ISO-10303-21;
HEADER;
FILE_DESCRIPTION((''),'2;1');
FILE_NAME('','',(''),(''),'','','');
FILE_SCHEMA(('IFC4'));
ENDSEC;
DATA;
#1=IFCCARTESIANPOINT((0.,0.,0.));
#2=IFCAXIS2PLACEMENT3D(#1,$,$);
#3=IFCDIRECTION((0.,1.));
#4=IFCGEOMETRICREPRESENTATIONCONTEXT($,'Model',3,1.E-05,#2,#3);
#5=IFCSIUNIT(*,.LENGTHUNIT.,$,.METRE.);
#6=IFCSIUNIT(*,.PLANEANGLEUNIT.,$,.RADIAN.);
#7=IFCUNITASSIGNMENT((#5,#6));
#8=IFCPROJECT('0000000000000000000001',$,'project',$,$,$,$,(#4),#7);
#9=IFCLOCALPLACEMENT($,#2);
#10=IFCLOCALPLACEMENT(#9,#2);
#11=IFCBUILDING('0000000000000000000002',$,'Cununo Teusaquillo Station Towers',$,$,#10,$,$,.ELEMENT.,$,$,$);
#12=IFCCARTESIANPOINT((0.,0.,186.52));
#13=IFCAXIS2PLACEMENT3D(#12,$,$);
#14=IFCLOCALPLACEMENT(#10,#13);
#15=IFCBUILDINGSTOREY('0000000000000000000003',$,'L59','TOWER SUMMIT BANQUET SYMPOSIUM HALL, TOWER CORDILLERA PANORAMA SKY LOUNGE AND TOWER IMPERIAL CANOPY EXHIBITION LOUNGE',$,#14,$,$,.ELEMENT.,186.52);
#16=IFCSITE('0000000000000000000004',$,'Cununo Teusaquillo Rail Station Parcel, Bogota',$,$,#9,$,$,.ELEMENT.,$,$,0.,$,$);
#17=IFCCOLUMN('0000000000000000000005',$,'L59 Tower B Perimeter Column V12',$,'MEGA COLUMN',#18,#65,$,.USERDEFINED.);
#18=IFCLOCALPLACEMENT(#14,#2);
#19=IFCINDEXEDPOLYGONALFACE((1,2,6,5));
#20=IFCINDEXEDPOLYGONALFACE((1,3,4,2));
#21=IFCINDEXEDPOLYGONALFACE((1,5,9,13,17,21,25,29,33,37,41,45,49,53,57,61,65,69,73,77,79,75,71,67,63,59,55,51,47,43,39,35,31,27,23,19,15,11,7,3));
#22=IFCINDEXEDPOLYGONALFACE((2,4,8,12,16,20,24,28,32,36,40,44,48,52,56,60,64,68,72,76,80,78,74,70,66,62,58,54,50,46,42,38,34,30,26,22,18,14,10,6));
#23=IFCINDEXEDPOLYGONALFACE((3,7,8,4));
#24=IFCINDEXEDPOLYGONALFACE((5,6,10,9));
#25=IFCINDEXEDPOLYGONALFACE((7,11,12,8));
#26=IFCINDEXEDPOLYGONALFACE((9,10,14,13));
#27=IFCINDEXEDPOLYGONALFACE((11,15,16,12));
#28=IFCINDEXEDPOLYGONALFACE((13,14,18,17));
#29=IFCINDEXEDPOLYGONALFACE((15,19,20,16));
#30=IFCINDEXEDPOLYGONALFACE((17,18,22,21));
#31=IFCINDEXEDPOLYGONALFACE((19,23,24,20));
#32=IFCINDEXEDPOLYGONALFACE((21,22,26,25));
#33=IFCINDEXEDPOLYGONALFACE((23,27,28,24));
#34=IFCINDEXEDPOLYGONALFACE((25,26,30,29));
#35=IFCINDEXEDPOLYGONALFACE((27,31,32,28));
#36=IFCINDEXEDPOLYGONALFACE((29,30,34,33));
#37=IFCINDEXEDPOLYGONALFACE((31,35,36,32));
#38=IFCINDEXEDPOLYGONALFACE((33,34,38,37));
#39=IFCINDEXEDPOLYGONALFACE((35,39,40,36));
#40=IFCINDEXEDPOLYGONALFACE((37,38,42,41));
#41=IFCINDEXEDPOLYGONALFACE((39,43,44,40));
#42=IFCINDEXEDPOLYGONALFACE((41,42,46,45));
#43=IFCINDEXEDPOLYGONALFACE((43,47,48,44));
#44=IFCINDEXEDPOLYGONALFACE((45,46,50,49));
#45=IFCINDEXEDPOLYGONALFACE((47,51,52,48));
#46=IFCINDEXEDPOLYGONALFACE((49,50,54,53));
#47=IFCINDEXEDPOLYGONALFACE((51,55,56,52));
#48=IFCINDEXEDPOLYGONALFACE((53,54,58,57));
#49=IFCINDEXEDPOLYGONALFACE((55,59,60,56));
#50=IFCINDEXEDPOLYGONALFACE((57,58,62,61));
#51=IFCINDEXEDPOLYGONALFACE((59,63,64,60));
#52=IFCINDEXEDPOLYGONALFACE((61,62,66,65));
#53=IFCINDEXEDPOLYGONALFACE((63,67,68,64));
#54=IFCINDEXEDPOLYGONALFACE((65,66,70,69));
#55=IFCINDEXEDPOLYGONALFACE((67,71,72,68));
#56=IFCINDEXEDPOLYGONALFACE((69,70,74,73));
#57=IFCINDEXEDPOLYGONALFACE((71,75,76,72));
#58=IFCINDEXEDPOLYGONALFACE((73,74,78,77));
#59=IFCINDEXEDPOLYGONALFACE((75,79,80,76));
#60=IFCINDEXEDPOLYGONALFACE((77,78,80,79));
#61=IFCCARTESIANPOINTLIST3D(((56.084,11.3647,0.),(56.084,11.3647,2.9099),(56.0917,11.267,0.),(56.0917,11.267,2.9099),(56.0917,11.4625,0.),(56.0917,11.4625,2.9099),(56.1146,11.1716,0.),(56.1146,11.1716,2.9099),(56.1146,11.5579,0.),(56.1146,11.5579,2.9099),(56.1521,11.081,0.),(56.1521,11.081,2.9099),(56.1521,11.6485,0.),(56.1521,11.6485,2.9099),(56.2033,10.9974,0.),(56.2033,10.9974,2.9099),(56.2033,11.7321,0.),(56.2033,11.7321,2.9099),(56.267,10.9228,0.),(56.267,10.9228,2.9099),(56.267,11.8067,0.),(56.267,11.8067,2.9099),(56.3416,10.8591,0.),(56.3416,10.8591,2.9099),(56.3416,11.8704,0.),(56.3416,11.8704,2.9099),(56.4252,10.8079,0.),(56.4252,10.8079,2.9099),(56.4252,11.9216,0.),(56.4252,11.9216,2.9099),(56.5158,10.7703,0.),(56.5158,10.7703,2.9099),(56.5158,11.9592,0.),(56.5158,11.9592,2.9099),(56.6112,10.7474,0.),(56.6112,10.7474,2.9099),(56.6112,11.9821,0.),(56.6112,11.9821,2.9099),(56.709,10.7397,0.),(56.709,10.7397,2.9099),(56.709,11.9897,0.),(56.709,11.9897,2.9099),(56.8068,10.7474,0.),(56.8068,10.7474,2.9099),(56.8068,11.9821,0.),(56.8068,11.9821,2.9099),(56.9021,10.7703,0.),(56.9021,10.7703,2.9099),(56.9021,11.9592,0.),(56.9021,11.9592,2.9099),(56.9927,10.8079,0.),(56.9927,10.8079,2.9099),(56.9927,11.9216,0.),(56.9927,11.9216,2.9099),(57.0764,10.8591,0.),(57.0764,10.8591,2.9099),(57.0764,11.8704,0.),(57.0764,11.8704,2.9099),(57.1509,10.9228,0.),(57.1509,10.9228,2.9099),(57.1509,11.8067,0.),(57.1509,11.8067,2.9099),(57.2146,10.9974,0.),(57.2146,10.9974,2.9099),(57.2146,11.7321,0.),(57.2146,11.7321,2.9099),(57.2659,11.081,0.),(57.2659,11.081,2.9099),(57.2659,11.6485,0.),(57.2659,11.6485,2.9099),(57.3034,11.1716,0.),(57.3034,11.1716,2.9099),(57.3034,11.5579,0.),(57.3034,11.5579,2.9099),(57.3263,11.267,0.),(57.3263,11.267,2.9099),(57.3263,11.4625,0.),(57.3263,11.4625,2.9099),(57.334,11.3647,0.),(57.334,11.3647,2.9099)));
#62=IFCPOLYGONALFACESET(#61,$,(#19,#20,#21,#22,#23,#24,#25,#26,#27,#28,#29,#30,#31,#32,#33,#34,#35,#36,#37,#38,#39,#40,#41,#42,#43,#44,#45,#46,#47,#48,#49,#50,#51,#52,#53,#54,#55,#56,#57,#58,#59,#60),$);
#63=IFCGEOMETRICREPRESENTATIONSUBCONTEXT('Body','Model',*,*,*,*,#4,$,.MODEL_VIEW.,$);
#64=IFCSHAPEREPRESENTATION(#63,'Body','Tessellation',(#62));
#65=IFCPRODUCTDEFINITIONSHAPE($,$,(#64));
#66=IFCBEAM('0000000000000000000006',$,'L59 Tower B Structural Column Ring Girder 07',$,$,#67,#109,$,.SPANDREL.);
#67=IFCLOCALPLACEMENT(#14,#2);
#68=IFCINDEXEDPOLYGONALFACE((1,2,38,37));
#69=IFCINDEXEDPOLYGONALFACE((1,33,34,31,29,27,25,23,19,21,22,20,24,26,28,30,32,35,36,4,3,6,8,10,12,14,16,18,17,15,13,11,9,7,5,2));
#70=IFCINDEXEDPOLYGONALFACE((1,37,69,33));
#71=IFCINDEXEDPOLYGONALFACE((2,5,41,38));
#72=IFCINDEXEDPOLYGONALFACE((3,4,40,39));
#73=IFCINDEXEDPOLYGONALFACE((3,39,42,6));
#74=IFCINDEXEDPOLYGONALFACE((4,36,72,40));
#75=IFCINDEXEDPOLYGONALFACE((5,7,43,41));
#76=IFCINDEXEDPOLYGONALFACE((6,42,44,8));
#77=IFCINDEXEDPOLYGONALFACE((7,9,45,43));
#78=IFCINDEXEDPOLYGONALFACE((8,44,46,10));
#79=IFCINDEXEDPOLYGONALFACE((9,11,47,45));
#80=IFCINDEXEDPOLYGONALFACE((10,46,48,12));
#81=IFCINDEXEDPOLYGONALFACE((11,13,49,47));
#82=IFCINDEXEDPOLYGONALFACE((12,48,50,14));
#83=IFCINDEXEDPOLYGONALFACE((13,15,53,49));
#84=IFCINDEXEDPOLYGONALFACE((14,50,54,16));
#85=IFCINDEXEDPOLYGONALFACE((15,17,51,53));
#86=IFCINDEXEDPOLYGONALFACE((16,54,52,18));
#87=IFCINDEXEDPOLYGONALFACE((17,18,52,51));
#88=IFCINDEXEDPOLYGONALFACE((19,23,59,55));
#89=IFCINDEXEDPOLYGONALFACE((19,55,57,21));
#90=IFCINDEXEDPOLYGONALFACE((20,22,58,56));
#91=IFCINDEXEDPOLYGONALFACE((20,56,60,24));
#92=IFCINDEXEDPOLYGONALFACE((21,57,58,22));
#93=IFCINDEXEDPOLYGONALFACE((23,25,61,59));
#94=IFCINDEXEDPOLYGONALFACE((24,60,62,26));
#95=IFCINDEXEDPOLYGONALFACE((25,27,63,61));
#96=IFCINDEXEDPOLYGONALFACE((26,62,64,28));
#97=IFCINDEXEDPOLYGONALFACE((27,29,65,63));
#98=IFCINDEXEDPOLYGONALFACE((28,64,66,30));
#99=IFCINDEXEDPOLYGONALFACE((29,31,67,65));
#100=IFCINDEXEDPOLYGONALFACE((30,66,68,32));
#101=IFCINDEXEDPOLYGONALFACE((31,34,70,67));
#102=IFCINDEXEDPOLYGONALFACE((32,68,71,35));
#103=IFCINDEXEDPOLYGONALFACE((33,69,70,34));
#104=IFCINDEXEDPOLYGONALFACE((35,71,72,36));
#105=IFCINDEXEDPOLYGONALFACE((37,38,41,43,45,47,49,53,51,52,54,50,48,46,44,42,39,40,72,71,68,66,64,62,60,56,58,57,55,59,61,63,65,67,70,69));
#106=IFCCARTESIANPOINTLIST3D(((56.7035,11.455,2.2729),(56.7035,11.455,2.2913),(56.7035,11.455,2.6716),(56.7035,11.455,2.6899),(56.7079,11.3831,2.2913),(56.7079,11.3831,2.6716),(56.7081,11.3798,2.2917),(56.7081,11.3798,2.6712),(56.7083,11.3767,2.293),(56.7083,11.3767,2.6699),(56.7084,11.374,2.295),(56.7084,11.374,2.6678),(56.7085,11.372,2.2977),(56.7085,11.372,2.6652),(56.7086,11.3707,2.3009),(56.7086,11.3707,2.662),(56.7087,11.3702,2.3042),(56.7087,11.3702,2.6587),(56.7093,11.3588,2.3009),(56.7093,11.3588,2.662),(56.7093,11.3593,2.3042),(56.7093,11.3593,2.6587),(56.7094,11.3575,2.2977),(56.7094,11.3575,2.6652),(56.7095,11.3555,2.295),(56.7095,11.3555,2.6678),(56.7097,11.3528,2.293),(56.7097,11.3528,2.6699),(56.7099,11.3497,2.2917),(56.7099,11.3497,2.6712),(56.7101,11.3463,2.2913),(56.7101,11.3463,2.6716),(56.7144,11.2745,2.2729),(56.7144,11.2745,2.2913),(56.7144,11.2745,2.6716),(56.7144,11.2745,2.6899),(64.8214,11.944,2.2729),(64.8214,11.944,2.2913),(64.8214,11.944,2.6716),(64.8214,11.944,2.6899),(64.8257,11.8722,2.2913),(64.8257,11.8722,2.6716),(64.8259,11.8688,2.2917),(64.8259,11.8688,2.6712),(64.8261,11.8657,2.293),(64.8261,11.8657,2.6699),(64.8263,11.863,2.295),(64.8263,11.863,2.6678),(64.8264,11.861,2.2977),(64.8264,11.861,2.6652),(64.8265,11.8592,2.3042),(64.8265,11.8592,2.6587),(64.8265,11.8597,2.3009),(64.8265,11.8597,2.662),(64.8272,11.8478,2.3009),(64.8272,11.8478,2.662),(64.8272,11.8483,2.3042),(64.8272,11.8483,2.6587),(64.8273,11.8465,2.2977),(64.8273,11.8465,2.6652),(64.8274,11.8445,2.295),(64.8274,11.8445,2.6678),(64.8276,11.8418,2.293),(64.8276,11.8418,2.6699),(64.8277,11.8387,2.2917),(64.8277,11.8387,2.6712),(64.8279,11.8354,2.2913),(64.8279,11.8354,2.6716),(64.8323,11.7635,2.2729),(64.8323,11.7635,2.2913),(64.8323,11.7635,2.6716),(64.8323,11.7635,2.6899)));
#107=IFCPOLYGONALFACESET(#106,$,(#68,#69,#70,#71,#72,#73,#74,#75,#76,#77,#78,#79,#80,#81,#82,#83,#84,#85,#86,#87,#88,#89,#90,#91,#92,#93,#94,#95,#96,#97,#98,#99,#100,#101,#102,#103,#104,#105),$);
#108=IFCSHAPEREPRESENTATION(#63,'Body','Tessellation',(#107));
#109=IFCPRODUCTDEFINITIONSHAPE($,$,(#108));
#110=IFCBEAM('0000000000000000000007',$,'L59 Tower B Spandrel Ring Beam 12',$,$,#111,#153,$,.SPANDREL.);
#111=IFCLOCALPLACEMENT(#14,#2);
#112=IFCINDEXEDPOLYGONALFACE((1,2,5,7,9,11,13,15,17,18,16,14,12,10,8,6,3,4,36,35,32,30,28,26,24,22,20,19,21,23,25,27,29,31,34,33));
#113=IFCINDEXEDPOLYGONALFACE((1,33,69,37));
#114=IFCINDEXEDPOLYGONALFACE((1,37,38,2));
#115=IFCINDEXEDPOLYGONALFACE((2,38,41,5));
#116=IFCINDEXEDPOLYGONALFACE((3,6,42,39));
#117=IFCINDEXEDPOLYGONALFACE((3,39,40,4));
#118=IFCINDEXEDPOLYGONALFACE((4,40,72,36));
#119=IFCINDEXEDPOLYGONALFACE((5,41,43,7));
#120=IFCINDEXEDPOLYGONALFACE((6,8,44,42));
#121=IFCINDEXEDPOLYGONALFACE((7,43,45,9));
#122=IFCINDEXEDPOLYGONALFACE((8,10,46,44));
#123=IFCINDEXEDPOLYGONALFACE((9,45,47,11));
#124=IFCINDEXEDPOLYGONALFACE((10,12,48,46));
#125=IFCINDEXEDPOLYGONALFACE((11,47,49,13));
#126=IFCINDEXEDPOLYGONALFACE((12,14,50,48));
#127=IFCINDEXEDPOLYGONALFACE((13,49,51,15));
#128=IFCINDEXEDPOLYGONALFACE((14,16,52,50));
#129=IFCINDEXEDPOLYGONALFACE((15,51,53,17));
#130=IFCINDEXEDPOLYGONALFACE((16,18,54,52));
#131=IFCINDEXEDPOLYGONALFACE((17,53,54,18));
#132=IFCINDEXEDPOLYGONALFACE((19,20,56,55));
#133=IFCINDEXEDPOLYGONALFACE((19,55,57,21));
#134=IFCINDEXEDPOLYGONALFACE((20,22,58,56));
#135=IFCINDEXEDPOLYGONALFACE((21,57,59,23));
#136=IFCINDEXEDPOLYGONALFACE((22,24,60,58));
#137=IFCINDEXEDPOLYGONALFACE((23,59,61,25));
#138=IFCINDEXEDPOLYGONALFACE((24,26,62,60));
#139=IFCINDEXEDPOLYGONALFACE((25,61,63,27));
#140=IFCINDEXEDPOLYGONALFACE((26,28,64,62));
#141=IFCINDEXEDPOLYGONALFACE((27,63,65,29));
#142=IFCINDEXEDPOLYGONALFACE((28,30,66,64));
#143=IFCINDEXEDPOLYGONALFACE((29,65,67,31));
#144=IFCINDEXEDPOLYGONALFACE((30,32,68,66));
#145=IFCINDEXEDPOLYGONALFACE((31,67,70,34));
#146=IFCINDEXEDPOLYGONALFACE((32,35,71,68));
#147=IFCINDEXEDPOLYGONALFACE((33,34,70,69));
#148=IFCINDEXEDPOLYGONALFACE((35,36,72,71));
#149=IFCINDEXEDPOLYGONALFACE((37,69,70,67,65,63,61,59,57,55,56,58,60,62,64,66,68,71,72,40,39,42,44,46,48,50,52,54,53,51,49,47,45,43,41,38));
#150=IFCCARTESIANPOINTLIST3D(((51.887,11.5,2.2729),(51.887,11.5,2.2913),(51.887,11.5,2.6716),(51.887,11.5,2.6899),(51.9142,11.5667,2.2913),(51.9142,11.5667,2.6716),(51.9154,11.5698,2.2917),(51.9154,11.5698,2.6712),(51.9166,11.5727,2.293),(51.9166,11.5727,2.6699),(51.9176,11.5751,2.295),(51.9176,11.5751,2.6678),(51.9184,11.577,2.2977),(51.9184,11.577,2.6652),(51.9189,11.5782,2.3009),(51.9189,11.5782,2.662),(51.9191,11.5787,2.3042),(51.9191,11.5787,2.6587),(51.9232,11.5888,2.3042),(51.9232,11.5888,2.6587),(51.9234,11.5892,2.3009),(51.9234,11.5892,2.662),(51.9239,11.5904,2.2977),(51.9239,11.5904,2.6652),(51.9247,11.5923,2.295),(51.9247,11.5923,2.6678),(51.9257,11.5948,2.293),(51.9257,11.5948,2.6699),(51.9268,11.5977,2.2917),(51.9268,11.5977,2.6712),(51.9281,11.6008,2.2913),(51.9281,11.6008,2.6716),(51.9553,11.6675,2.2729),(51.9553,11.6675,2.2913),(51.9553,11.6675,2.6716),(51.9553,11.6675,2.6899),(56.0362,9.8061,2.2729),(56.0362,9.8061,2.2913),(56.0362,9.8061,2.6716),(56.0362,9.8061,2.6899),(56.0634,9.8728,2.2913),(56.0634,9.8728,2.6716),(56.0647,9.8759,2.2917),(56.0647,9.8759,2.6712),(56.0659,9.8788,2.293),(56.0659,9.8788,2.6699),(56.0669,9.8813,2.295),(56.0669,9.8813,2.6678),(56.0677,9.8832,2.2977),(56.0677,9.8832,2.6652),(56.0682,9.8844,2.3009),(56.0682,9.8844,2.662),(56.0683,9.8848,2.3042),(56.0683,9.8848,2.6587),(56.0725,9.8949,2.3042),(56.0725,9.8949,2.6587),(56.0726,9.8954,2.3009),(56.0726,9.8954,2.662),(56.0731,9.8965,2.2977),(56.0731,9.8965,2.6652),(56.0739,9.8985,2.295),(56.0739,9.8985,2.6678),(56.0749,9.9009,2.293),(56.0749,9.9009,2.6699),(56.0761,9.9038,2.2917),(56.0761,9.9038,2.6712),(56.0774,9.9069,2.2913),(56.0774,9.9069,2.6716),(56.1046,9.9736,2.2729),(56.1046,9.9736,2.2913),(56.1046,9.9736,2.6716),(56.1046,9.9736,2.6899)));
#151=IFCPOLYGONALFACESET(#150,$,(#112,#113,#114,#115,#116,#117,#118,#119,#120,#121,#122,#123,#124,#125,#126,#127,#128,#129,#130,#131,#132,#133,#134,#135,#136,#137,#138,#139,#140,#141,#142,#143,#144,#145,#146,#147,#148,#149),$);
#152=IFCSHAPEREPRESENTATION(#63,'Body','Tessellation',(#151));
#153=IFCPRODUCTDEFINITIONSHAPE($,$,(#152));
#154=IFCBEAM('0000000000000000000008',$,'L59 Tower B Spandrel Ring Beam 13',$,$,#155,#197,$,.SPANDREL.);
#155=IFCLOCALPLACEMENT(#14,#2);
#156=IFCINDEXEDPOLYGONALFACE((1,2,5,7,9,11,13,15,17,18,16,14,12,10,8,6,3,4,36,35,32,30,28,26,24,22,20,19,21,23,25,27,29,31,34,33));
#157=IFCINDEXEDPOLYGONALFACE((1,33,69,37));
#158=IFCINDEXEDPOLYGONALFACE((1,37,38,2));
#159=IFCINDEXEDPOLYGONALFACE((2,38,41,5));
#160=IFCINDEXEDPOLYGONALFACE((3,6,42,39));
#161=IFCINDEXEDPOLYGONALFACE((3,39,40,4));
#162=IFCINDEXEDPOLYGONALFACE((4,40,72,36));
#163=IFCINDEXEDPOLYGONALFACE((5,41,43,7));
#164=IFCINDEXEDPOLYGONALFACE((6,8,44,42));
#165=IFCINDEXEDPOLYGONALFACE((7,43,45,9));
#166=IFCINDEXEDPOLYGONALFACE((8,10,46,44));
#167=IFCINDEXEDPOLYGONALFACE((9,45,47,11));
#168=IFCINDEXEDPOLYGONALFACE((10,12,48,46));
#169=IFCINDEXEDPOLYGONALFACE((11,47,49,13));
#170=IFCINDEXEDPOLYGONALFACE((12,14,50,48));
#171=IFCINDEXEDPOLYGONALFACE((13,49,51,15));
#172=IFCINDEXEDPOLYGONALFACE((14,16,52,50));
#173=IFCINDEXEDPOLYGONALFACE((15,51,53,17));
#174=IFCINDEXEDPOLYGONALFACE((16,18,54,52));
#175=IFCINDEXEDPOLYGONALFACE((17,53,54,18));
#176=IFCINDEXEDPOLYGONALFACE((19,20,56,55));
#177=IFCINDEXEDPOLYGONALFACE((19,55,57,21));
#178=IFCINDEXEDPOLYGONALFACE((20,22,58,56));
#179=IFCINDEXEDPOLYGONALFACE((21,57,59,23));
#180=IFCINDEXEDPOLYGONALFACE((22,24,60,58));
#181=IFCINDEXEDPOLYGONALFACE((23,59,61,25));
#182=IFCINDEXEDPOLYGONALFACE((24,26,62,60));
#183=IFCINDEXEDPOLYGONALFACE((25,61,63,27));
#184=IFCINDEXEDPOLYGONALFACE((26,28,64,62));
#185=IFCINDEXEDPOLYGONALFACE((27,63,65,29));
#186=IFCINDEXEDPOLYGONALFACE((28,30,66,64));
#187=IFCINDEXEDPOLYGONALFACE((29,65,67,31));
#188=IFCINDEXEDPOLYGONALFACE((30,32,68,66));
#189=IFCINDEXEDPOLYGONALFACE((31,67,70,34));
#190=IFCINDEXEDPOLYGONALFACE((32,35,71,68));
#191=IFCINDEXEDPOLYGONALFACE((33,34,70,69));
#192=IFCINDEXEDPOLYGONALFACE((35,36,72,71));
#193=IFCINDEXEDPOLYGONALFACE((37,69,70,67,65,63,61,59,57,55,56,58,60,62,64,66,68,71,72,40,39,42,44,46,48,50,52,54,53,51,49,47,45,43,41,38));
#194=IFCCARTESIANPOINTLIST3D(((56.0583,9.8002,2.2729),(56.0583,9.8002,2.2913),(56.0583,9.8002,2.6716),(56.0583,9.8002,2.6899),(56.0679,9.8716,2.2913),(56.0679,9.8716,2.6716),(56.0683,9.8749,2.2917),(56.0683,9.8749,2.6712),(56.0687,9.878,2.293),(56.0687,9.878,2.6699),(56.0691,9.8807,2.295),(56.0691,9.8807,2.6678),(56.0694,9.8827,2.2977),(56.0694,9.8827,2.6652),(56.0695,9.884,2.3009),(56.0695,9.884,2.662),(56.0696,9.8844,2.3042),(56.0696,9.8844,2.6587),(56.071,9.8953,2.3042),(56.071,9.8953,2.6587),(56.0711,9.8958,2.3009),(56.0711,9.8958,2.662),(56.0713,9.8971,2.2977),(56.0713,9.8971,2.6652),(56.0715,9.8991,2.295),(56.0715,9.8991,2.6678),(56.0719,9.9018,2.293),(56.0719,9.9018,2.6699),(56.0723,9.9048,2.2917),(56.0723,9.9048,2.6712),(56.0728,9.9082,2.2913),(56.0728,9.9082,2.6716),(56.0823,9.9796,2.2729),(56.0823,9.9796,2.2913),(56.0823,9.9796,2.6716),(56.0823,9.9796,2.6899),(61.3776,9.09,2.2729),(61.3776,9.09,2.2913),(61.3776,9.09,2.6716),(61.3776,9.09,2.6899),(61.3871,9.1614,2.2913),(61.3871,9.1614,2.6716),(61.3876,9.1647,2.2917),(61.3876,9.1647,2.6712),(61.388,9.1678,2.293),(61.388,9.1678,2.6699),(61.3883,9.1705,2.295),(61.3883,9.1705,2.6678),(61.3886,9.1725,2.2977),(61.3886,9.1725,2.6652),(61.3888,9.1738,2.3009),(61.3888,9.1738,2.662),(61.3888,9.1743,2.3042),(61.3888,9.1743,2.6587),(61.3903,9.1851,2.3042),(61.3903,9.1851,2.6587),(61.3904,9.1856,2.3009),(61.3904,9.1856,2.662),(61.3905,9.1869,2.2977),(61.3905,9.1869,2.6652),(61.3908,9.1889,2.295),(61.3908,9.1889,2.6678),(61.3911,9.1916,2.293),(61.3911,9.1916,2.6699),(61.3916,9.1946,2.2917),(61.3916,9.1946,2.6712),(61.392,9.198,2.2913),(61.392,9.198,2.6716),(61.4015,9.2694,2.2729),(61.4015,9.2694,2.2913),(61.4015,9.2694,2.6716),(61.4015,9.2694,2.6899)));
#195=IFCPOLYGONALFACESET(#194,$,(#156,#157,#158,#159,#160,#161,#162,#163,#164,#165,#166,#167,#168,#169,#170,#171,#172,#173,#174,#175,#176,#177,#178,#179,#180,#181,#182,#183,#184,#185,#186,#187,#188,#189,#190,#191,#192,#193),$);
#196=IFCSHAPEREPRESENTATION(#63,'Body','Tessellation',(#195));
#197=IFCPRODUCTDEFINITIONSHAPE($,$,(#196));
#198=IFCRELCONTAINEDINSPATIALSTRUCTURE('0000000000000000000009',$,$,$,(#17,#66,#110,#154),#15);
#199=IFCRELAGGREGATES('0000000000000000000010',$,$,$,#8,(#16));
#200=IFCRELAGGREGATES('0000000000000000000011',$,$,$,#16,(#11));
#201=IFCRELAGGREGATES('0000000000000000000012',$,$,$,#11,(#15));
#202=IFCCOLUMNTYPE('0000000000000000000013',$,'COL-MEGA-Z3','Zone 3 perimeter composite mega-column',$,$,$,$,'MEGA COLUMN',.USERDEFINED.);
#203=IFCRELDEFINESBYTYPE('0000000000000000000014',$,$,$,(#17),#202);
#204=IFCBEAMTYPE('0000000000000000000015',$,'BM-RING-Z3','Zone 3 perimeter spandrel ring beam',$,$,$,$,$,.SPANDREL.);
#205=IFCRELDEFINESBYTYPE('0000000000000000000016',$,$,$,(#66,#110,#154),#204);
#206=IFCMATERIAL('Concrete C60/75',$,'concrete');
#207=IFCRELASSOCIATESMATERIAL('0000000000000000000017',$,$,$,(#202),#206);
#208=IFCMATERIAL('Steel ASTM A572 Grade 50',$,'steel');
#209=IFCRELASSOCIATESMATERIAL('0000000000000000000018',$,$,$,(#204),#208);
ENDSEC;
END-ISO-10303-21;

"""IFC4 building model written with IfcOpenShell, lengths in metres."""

from ifc_helpers import new_model, si_unit, direction, frame, origin, origin_2d, place, context, subcontext, project, spatial, circle, i_section, extrude, material, material_profile, profile_set, type_object, element, save


model = new_model("IFC4")

# Units and contexts
model_context = context("Model", 3, precision=1e-05, world=origin(), true_north=direction((0.0, 1.0)))
body_context = subcontext(model_context, "Body", "Model", "MODEL_VIEW")
ifc_project = project(units=[si_unit("LENGTHUNIT", "METRE"), si_unit("PLANEANGLEUNIT", "RADIAN")], contexts=[model_context])

# Site, building, storey
site_placement = place(None, origin())
site = spatial("IfcSite", under=ifc_project, at=site_placement, Name="Cununo Teusaquillo Rail Station Parcel, Bogota", CompositionType="ELEMENT", RefElevation=0.0)
building_placement = place(site_placement, origin())
building = spatial("IfcBuilding", under=site, at=building_placement, Name="Cununo Teusaquillo Station Towers", CompositionType="ELEMENT")
storey_placement = place(building_placement, frame((0.0, 0.0, 186.52)))
storey = spatial("IfcBuildingStorey", under=building, at=storey_placement, Name="L59", Description="TOWER SUMMIT BANQUET SYMPOSIUM HALL, TOWER CORDILLERA PANORAMA SKY LOUNGE AND TOWER IMPERIAL CANOPY EXHIBITION LOUNGE", CompositionType="ELEMENT", Elevation=186.52)

# Column
ifc_material_1 = material(Name="Concrete C60/75", Category="concrete")
ifc_material_profile_1 = material_profile(ifc_material_1, circle(Radius=0.625, at=origin_2d()), Name="RC-CIRC-1250")
ifc_profile_set_1 = profile_set([ifc_material_profile_1], Name="Concrete C60/75")
column_type = type_object("IfcColumnType", Name="COL-MEGA-Z3", Description="Zone 3 perimeter composite mega-column", ElementType="MEGA COLUMN", PredefinedType="USERDEFINED", material=ifc_profile_set_1)
column_placement = place(storey_placement, frame((56.709, 11.3647, 0.0), z_axis=(0.0, 0.0, 1.0), x_axis=(1.0, 0.0, 0.0)))
element("IfcColumn", 1, at=column_placement, inside=storey, type_object=column_type, Name="L59 Tower B Perimeter Column V12", ObjectType="MEGA COLUMN", PredefinedType="USERDEFINED", context=body_context, shape_type="SweptSolid", body=[
    extrude(circle(Radius=0.625, at=origin_2d()), origin(), (0.0, 0.0, 1.0), 2.9099),
])

# Beams
ifc_material_2 = material(Name="Steel ASTM A572 Grade 50", Category="steel")
ifc_material_profile_2 = material_profile(ifc_material_2, i_section(OverallWidth=0.1809, OverallDepth=0.417, WebThickness=0.011, FlangeThickness=0.0183, FilletRadius=0.0129, at=origin_2d()), Name="W16X57")
ifc_profile_set_2 = profile_set([ifc_material_profile_2], Name="Steel ASTM A572 Grade 50")
beam_type = type_object("IfcBeamType", Name="BM-RING-Z3", Description="Zone 3 perimeter spandrel ring beam", PredefinedType="SPANDREL", material=ifc_profile_set_2)
beam_1_placement = place(storey_placement, frame((56.709, 11.3647, 2.4814), z_axis=(0.998191, 0.06013, 0.0), x_axis=(-0.06013, 0.998191, 0.0)))
element("IfcBeam", 2, at=beam_1_placement, inside=storey, type_object=beam_type, Name="L59 Tower B Structural Column Ring Girder 07", PredefinedType="SPANDREL", context=body_context, shape_type="SweptSolid", body=[
    extrude(i_section(OverallWidth=0.1809, OverallDepth=0.417, WebThickness=0.011, FlangeThickness=0.0183, FilletRadius=0.0129, at=origin_2d()), origin(), (0.0, 0.0, 1.0), 8.1326),
])
beam_2_placement = place(storey_placement, frame((51.9211, 11.5837, 2.4814), z_axis=(0.925824, -0.377956, 0.0), x_axis=(0.377956, 0.925824, 0.0)))
element("IfcBeam", 3, at=beam_2_placement, inside=storey, type_object=beam_type, Name="L59 Tower B Spandrel Ring Beam 12", PredefinedType="SPANDREL", context=body_context, shape_type="SweptSolid", body=[
    extrude(i_section(OverallWidth=0.1809, OverallDepth=0.417, WebThickness=0.011, FlangeThickness=0.0183, FilletRadius=0.0129, at=origin_2d()), origin(), (0.0, 0.0, 1.0), 4.4817),
])
beam_3_placement = place(storey_placement, frame((56.0703, 9.8899, 2.4814), z_axis=(0.991204, -0.13234, 0.0), x_axis=(0.13234, 0.991204, 0.0)))
element("IfcBeam", 4, at=beam_3_placement, inside=storey, type_object=beam_type, Name="L59 Tower B Spandrel Ring Beam 13", PredefinedType="SPANDREL", context=body_context, shape_type="SweptSolid", body=[
    extrude(i_section(OverallWidth=0.1809, OverallDepth=0.417, WebThickness=0.011, FlangeThickness=0.0183, FilletRadius=0.0129, at=origin_2d()), origin(), (0.0, 0.0, 1.0), 5.3665),
])

save(model, "model.ifc")
